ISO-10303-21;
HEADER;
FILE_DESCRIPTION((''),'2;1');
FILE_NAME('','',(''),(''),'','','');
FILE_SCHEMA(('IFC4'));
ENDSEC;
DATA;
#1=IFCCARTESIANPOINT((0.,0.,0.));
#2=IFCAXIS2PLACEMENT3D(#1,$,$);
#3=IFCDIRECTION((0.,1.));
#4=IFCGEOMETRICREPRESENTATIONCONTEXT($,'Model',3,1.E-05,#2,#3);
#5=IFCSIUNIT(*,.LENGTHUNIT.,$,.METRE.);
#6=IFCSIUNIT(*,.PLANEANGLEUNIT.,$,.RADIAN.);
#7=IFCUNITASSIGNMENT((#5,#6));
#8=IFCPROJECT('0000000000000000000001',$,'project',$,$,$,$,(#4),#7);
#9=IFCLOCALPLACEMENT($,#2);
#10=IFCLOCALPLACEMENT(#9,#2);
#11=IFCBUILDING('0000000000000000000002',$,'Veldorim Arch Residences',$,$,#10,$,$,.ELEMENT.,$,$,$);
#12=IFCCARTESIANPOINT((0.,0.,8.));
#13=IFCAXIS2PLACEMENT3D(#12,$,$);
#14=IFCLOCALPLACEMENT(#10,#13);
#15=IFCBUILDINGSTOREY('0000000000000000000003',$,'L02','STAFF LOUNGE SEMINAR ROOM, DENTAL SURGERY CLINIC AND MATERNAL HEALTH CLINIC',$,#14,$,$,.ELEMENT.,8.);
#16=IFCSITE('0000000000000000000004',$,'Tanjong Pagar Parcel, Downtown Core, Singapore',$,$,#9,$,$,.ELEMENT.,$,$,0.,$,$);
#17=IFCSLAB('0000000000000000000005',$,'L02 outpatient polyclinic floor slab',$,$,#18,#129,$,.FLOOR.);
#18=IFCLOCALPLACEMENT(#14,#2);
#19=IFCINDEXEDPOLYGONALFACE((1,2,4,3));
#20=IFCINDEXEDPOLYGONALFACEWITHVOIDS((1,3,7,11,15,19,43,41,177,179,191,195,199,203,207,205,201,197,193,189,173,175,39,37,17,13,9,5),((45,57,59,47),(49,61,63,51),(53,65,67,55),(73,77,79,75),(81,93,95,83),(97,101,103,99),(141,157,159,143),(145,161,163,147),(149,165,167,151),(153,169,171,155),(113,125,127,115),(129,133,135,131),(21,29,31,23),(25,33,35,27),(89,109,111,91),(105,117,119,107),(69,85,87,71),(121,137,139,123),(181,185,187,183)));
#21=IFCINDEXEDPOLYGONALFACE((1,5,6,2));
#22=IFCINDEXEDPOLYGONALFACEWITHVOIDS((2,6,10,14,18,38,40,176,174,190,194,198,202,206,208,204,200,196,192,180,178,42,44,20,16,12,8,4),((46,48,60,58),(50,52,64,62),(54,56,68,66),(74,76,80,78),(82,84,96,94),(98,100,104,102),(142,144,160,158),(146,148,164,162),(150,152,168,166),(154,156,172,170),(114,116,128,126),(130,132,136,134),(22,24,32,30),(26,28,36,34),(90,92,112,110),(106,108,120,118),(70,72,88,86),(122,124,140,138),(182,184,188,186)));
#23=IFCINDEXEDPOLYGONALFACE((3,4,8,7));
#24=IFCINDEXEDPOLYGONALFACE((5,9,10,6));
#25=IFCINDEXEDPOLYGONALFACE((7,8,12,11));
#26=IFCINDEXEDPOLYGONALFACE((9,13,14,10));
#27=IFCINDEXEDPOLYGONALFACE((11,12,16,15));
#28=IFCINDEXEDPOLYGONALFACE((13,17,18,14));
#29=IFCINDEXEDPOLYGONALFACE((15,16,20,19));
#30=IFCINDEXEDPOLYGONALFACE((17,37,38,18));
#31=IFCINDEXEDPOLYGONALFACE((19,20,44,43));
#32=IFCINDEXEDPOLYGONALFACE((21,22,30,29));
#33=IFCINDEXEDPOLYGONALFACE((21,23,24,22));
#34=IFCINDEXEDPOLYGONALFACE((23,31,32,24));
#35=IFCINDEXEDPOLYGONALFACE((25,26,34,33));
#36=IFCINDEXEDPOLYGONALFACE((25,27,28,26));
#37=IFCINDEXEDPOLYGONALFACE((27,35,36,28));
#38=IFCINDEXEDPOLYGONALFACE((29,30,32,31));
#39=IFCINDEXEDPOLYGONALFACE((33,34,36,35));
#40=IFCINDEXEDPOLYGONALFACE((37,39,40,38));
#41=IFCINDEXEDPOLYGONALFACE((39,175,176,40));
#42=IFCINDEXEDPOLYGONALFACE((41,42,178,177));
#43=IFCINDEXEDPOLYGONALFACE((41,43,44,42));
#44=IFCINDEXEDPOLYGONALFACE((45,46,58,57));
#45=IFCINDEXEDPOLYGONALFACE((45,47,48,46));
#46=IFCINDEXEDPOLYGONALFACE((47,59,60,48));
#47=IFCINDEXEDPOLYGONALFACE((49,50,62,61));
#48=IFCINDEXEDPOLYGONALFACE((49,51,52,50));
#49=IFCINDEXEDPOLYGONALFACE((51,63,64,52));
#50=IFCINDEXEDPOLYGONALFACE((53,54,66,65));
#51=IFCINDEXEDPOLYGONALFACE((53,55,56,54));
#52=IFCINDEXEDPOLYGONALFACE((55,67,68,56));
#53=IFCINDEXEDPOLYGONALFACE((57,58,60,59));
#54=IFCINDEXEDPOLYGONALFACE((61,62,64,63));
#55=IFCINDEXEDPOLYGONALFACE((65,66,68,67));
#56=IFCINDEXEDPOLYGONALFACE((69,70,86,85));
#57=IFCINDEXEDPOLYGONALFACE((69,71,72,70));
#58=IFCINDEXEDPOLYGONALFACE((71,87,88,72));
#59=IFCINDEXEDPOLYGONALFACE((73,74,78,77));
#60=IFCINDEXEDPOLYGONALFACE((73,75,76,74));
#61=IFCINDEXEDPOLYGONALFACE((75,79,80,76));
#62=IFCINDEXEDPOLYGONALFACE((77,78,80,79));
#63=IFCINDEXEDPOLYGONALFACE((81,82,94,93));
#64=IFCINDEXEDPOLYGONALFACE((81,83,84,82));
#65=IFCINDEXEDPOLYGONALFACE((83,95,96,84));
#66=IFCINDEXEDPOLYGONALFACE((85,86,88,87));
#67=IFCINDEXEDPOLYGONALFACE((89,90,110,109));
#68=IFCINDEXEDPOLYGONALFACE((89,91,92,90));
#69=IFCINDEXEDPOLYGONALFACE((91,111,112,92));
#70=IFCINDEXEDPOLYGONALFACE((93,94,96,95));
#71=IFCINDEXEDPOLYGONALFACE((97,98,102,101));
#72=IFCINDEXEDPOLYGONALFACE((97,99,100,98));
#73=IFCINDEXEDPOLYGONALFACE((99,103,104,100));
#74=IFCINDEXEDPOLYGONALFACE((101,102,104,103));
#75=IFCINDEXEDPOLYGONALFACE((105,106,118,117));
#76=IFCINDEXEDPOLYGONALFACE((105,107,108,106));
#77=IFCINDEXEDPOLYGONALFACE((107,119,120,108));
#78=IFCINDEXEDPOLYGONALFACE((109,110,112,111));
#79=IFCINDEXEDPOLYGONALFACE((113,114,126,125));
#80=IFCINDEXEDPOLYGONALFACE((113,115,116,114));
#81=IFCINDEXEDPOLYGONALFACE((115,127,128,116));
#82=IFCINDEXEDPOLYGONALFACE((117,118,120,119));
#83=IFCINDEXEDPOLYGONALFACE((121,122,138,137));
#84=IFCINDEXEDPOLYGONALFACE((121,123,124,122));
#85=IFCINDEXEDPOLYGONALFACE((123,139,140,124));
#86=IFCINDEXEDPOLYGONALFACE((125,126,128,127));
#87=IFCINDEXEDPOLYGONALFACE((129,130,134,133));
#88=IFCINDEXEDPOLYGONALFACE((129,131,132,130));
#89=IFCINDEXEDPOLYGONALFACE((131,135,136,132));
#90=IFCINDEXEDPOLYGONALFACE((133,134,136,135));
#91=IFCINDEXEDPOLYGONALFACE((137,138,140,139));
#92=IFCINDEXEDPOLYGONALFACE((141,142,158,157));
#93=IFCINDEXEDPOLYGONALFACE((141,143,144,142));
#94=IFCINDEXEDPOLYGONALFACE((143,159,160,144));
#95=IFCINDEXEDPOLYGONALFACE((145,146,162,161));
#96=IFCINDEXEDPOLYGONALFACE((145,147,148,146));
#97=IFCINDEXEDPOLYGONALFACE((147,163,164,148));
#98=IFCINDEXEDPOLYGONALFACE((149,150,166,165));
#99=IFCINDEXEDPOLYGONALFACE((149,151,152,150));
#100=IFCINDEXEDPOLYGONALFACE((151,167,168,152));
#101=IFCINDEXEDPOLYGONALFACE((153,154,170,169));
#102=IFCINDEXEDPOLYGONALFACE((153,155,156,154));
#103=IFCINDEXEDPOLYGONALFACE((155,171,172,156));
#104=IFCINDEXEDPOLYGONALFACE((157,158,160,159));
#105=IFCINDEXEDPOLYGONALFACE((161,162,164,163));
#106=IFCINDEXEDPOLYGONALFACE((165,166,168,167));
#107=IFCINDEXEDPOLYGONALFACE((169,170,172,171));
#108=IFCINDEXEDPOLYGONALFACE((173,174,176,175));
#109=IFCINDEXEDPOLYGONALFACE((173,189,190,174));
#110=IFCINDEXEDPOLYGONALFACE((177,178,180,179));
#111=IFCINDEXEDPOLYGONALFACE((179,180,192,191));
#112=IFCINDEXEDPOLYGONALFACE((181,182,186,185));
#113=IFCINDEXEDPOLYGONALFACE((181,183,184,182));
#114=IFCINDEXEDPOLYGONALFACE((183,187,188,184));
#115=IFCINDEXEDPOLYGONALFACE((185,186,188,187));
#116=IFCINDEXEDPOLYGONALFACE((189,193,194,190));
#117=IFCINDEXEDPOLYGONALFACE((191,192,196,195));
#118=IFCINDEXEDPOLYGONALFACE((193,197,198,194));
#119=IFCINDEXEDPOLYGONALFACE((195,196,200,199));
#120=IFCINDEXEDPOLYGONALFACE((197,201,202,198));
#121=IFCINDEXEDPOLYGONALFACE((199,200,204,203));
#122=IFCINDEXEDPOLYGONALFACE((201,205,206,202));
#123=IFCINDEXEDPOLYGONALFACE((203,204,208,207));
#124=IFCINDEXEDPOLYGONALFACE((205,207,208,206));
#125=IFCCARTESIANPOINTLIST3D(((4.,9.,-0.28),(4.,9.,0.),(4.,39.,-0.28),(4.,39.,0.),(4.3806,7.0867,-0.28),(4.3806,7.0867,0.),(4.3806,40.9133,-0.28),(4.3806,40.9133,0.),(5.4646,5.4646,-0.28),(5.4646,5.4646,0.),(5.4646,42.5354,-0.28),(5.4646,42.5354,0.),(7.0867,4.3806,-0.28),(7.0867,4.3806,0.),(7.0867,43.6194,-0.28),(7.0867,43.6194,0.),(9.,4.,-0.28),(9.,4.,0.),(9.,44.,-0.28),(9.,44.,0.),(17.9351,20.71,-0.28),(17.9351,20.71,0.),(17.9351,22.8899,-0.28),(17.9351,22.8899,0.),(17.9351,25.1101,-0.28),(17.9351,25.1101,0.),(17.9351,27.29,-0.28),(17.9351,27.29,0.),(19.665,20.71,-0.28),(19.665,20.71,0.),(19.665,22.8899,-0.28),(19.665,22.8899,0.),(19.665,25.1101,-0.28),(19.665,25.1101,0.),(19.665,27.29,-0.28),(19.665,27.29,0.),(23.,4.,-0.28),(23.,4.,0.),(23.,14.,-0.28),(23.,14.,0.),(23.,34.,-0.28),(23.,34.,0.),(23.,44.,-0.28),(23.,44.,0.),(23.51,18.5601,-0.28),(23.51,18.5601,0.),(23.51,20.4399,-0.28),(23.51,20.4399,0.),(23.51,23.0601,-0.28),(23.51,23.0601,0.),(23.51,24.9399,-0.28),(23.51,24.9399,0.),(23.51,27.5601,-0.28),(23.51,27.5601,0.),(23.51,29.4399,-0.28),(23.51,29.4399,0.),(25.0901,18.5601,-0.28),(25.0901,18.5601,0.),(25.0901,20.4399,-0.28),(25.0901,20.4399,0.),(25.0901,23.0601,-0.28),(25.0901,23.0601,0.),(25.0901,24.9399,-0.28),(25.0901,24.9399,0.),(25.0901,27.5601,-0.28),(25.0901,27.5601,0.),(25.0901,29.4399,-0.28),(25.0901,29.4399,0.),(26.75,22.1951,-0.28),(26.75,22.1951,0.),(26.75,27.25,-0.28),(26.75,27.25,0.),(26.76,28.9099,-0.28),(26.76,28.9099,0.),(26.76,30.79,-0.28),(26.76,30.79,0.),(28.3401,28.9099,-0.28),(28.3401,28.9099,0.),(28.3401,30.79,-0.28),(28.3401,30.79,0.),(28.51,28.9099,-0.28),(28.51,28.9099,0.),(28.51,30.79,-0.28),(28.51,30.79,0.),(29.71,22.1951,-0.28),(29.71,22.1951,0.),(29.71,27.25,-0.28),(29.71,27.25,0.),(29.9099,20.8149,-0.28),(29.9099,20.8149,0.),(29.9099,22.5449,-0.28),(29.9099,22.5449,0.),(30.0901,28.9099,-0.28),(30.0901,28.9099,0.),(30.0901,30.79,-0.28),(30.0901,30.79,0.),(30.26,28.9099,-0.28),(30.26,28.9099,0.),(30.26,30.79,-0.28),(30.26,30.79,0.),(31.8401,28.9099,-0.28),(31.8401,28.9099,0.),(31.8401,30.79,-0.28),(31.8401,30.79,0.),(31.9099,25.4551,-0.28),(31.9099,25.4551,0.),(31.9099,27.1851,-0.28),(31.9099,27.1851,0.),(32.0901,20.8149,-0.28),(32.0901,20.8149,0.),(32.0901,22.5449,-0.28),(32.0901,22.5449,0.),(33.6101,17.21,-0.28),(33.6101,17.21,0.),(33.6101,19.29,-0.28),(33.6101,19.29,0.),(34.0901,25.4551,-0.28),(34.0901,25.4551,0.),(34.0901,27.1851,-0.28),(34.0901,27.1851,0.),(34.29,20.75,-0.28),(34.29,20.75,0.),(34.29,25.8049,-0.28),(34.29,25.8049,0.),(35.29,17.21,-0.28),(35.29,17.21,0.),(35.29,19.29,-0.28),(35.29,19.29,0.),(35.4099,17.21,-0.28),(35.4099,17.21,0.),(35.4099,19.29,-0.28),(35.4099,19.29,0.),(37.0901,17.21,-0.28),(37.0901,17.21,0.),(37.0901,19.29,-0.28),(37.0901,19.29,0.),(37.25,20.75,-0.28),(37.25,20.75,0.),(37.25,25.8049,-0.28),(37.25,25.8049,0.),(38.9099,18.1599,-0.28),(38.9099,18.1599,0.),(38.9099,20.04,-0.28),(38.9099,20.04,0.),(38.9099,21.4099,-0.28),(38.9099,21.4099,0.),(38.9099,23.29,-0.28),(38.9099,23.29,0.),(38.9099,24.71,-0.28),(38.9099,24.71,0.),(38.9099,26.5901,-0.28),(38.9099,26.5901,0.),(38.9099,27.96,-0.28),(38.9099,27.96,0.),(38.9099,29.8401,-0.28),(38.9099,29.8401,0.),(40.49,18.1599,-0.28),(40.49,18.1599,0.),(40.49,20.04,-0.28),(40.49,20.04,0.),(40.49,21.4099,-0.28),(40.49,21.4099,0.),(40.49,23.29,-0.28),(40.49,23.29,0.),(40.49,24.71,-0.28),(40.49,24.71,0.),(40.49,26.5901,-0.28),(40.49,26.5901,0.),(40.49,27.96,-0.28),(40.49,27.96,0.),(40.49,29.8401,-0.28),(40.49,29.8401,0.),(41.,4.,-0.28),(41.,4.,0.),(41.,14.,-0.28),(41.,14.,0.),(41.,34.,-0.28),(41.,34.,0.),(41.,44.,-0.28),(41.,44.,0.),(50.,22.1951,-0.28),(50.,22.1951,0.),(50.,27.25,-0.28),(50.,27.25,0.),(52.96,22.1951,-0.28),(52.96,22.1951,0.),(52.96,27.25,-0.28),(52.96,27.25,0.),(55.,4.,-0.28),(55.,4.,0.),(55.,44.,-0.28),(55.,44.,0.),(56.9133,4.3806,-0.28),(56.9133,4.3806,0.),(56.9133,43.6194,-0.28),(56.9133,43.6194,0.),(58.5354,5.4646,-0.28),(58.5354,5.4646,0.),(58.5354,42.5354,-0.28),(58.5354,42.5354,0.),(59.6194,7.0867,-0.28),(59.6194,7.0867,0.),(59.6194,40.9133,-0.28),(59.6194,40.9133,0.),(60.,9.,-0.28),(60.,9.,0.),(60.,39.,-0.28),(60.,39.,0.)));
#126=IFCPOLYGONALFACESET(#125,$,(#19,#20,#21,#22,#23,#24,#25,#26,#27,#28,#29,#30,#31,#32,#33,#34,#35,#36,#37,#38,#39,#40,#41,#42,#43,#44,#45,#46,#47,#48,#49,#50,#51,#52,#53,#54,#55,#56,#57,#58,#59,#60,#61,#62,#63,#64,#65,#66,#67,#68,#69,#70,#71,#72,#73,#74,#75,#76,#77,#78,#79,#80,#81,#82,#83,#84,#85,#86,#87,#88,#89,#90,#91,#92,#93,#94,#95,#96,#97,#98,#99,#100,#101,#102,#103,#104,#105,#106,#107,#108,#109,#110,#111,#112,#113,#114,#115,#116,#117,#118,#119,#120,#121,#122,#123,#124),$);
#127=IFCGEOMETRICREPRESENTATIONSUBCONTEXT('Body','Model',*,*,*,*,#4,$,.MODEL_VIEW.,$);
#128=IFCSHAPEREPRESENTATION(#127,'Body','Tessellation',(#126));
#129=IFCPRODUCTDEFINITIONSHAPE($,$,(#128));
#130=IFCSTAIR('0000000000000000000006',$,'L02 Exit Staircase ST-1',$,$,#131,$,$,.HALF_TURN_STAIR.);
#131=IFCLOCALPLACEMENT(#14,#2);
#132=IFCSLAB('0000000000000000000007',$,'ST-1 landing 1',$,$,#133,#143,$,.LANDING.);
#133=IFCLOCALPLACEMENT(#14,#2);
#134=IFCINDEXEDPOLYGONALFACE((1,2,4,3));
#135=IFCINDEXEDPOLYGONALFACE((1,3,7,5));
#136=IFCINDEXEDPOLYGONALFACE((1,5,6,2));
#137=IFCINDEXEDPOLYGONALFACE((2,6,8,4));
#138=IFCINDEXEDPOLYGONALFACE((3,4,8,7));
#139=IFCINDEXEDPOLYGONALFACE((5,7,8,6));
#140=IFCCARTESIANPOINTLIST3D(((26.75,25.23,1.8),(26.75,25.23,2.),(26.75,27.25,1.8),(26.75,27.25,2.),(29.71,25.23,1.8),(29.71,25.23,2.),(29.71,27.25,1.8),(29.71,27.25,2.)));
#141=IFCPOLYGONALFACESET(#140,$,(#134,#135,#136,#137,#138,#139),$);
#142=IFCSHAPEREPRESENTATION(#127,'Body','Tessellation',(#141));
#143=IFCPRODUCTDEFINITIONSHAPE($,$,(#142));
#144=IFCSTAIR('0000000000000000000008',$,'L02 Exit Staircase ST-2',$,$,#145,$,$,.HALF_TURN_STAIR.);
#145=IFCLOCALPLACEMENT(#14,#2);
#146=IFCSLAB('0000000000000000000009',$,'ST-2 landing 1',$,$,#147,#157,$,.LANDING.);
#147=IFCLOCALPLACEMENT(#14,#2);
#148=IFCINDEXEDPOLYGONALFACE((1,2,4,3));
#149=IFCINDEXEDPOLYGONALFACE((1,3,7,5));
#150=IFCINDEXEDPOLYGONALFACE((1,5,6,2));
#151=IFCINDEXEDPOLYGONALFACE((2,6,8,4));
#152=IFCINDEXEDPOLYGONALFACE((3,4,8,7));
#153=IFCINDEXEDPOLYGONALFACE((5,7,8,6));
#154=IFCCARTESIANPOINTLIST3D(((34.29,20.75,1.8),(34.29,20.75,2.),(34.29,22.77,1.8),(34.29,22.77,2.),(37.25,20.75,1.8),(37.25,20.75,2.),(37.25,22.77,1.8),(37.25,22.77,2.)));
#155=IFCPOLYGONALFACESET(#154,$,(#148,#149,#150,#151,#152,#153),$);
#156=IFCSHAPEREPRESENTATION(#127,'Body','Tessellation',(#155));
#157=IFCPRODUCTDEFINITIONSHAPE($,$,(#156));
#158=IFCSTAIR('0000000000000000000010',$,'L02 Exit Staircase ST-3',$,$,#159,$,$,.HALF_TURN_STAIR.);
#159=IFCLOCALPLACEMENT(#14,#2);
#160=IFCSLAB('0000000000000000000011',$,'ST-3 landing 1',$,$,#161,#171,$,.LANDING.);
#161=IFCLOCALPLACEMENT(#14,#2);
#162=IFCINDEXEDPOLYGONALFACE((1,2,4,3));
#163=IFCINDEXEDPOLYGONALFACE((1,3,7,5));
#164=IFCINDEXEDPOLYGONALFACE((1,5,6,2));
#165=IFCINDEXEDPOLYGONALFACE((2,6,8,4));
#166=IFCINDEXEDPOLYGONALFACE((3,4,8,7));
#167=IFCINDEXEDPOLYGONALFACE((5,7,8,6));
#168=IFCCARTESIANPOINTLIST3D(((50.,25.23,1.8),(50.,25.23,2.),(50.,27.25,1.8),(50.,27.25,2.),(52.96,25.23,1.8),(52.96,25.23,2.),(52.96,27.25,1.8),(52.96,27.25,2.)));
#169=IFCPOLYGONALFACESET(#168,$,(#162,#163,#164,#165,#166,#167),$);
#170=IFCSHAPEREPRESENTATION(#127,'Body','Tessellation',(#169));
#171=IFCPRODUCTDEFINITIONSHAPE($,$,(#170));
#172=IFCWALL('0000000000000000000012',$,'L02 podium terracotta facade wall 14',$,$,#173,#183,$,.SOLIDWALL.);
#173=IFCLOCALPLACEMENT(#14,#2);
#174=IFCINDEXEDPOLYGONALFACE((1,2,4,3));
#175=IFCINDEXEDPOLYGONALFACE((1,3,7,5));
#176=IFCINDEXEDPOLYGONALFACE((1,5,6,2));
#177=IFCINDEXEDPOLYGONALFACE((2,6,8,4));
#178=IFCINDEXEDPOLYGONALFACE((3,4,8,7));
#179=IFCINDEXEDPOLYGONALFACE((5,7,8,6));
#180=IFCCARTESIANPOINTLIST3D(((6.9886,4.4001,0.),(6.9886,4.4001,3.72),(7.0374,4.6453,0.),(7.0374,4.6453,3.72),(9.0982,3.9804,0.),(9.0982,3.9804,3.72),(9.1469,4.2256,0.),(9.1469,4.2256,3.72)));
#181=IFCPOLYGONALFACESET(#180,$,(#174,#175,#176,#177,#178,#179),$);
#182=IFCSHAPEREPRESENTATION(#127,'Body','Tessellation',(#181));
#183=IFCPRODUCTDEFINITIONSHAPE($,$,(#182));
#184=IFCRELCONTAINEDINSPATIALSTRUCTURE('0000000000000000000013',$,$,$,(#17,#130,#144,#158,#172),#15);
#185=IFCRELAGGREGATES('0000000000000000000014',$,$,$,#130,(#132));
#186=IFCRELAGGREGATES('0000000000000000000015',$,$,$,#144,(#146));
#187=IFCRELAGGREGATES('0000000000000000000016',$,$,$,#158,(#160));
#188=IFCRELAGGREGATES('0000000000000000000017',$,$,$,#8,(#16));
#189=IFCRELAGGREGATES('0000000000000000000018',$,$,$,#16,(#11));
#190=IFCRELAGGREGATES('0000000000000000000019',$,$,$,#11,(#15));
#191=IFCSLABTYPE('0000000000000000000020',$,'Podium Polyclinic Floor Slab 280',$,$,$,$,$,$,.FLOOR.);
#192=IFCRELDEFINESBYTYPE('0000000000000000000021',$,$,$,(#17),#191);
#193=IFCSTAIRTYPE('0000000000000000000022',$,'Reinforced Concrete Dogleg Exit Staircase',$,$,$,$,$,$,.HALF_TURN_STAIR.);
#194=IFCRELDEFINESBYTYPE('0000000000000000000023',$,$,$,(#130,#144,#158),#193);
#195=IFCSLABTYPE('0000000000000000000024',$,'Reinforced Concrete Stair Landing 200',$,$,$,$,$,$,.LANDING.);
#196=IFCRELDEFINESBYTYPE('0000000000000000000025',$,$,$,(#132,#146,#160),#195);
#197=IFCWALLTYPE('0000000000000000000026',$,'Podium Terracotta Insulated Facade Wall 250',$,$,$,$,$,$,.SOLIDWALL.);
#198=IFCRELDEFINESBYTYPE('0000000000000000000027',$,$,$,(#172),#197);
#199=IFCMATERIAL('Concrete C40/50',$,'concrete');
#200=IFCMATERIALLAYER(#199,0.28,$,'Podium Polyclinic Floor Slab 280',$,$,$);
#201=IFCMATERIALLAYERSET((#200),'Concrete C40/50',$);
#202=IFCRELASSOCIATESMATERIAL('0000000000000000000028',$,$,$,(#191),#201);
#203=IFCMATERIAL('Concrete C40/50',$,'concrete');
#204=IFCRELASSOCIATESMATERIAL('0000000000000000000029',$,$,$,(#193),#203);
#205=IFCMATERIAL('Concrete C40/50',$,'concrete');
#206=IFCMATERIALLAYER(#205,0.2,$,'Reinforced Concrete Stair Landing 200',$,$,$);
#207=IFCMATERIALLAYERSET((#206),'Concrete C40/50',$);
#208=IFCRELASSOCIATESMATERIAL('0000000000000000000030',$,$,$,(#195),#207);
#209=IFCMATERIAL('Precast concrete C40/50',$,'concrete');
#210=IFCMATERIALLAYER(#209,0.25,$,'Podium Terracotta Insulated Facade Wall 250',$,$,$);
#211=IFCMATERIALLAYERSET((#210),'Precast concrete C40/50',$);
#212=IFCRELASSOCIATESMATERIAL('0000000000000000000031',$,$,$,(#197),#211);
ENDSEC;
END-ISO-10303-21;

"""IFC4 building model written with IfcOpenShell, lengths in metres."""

from ifc_helpers import new_model, si_unit, direction, frame, frame_2d, origin, place, context, subcontext, project, spatial, polyline, rectangle, outline, extrude, material, layer, layer_set, type_object, element, aggregate, save


model = new_model("IFC4")

# Units and contexts
model_context = context("Model", 3, precision=1e-05, world=origin(), true_north=direction((0.0, 1.0)))
body_context = subcontext(model_context, "Body", "Model", "MODEL_VIEW")
ifc_project = project(units=[si_unit("LENGTHUNIT", "METRE"), si_unit("PLANEANGLEUNIT", "RADIAN")], contexts=[model_context])

# Site, building, storey
site_placement = place(None, origin())
site = spatial("IfcSite", under=ifc_project, at=site_placement, Name="Tanjong Pagar Parcel, Downtown Core, Singapore", CompositionType="ELEMENT", RefElevation=0.0)
building_placement = place(site_placement, origin())
building = spatial("IfcBuilding", under=site, at=building_placement, Name="Veldorim Arch Residences", CompositionType="ELEMENT")
storey_placement = place(building_placement, frame((0.0, 0.0, 8.0)))
storey = spatial("IfcBuildingStorey", under=building, at=storey_placement, Name="L02", Description="STAFF LOUNGE SEMINAR ROOM, DENTAL SURGERY CLINIC AND MATERNAL HEALTH CLINIC", CompositionType="ELEMENT", Elevation=8.0)

# Slab
ifc_material_1 = material(Name="Concrete C40/50", Category="concrete")
ifc_layer_1 = layer(ifc_material_1, 0.28, Name="Podium Polyclinic Floor Slab 280")
ifc_layer_set_1 = layer_set([ifc_layer_1], Name="Concrete C40/50")
slab_type_1 = type_object("IfcSlabType", Name="Podium Polyclinic Floor Slab 280", PredefinedType="FLOOR", material=ifc_layer_set_1)
slab_1_placement = place(storey_placement, frame((0.0, 0.0, -0.28)))
element("IfcSlab", 1, at=slab_1_placement, inside=storey, type_object=slab_type_1, Name="L02 outpatient polyclinic floor slab", PredefinedType="FLOOR", context=body_context, shape_type="SweptSolid", body=[
    extrude(outline(polyline([(55.0, 44.0), (56.9133, 43.6194), (58.5354, 42.5354), (59.6194, 40.9133), (60.0, 39.0), (60.0, 9.0), (59.6194, 7.0867), (58.5354, 5.4646), (56.9133, 4.3806), (55.0, 4.0), (41.0, 4.0), (41.0, 14.0), (23.0, 14.0), (23.0, 4.0), (9.0, 4.0), (7.0867, 4.3806), (5.4646, 5.4646), (4.3806, 7.0867), (4.0, 9.0), (4.0, 39.0), (4.3806, 40.9133), (5.4646, 42.5354), (7.0867, 43.6194), (9.0, 44.0), (23.0, 44.0), (23.0, 34.0), (41.0, 34.0), (41.0, 44.0), (55.0, 44.0)]), holes=[polyline([(23.51, 20.4399), (25.0901, 20.4399), (25.0901, 18.5601), (23.51, 18.5601), (23.51, 20.4399)]), polyline([(29.9099, 22.5449), (32.0901, 22.5449), (32.0901, 20.8149), (29.9099, 20.8149), (29.9099, 22.5449)]), polyline([(17.9351, 22.8899), (19.665, 22.8899), (19.665, 20.71), (17.9351, 20.71), (17.9351, 22.8899)]), polyline([(23.51, 24.9399), (25.0901, 24.9399), (25.0901, 23.0601), (23.51, 23.0601), (23.51, 24.9399)]), polyline([(26.75, 27.25), (29.71, 27.25), (29.71, 22.1951), (26.75, 22.1951), (26.75, 27.25)]), polyline([(17.9351, 27.29), (19.665, 27.29), (19.665, 25.1101), (17.9351, 25.1101), (17.9351, 27.29)]), polyline([(23.51, 29.4399), (25.0901, 29.4399), (25.0901, 27.5601), (23.51, 27.5601), (23.51, 29.4399)]), polyline([(28.3401, 30.79), (28.3401, 28.9099), (26.76, 28.9099), (26.76, 30.79), (28.3401, 30.79)]), polyline([(30.0901, 30.79), (30.0901, 28.9099), (28.51, 28.9099), (28.51, 30.79), (30.0901, 30.79)]), polyline([(30.26, 30.79), (31.8401, 30.79), (31.8401, 28.9099), (30.26, 28.9099), (30.26, 30.79)]), polyline([(33.6101, 19.29), (35.29, 19.29), (35.29, 17.21), (33.6101, 17.21), (33.6101, 19.29)]), polyline([(35.4099, 19.29), (37.0901, 19.29), (37.0901, 17.21), (35.4099, 17.21), (35.4099, 19.29)]), polyline([(40.49, 20.04), (40.49, 18.1599), (38.9099, 18.1599), (38.9099, 20.04), (40.49, 20.04)]), polyline([(40.49, 23.29), (40.49, 21.4099), (38.9099, 21.4099), (38.9099, 23.29), (40.49, 23.29)]), polyline([(34.29, 25.8049), (37.25, 25.8049), (37.25, 20.75), (34.29, 20.75), (34.29, 25.8049)]), polyline([(50.0, 27.25), (52.96, 27.25), (52.96, 22.1951), (50.0, 22.1951), (50.0, 27.25)]), polyline([(38.9099, 26.5901), (40.49, 26.5901), (40.49, 24.71), (38.9099, 24.71), (38.9099, 26.5901)]), polyline([(34.0901, 27.1851), (34.0901, 25.4551), (31.9099, 25.4551), (31.9099, 27.1851), (34.0901, 27.1851)]), polyline([(40.49, 29.8401), (40.49, 27.96), (38.9099, 27.96), (38.9099, 29.8401), (40.49, 29.8401)])]), origin(), (0.0, 0.0, 1.0), 0.28),
])

# Stairs, slabs
ifc_material_2 = material(Name="Concrete C40/50", Category="concrete")
stair_type = type_object("IfcStairType", Name="Reinforced Concrete Dogleg Exit Staircase", PredefinedType="HALF_TURN_STAIR", material=ifc_material_2)
stair_1_placement = place(storey_placement, origin())
stair_1 = element("IfcStair", 2, at=stair_1_placement, inside=storey, type_object=stair_type, Name="L02 Exit Staircase ST-1", PredefinedType="HALF_TURN_STAIR")
ifc_material_3 = material(Name="Concrete C40/50", Category="concrete")
ifc_layer_2 = layer(ifc_material_3, 0.2, Name="Reinforced Concrete Stair Landing 200")
ifc_layer_set_2 = layer_set([ifc_layer_2], Name="Concrete C40/50")
slab_type_2 = type_object("IfcSlabType", Name="Reinforced Concrete Stair Landing 200", PredefinedType="LANDING", material=ifc_layer_set_2)
slab_2_placement = place(storey_placement, frame((0.0, 0.0, 1.8)))
slab_2 = element("IfcSlab", 3, at=slab_2_placement, type_object=slab_type_2, Name="ST-1 landing 1", PredefinedType="LANDING", context=body_context, shape_type="SweptSolid", body=[
    extrude(outline(polyline([(29.71, 25.23), (29.71, 27.25), (26.75, 27.25), (26.75, 25.23), (29.71, 25.23)])), origin(), (0.0, 0.0, 1.0), 0.2),
])
aggregate(stair_1, [slab_2])
stair_2_placement = place(storey_placement, origin())
stair_2 = element("IfcStair", 4, at=stair_2_placement, inside=storey, type_object=stair_type, Name="L02 Exit Staircase ST-2", PredefinedType="HALF_TURN_STAIR")
slab_3_placement = place(storey_placement, frame((0.0, 0.0, 1.8)))
slab_3 = element("IfcSlab", 5, at=slab_3_placement, type_object=slab_type_2, Name="ST-2 landing 1", PredefinedType="LANDING", context=body_context, shape_type="SweptSolid", body=[
    extrude(outline(polyline([(34.29, 22.77), (34.29, 20.75), (37.25, 20.75), (37.25, 22.77), (34.29, 22.77)])), origin(), (0.0, 0.0, 1.0), 0.2),
])
aggregate(stair_2, [slab_3])
stair_3_placement = place(storey_placement, origin())
stair_3 = element("IfcStair", 6, at=stair_3_placement, inside=storey, type_object=stair_type, Name="L02 Exit Staircase ST-3", PredefinedType="HALF_TURN_STAIR")
slab_4_placement = place(storey_placement, frame((0.0, 0.0, 1.8)))
slab_4 = element("IfcSlab", 7, at=slab_4_placement, type_object=slab_type_2, Name="ST-3 landing 1", PredefinedType="LANDING", context=body_context, shape_type="SweptSolid", body=[
    extrude(outline(polyline([(52.96, 25.23), (52.96, 27.25), (50.0, 27.25), (50.0, 25.23), (52.96, 25.23)])), origin(), (0.0, 0.0, 1.0), 0.2),
])
aggregate(stair_3, [slab_4])

# Wall
ifc_material_4 = material(Name="Precast concrete C40/50", Category="concrete")
ifc_layer_3 = layer(ifc_material_4, 0.25, Name="Podium Terracotta Insulated Facade Wall 250")
ifc_layer_set_3 = layer_set([ifc_layer_3], Name="Precast concrete C40/50")
wall_type = type_object("IfcWallType", Name="Podium Terracotta Insulated Facade Wall 250", PredefinedType="SOLIDWALL", material=ifc_layer_set_3)
wall_1_placement = place(storey_placement, frame((9.1226, 4.103, 0.0), z_axis=(0.0, 0.0, 1.0), x_axis=(-0.980781, 0.195112, 0.0)))
element("IfcWall", 8, at=wall_1_placement, inside=storey, type_object=wall_type, Name="L02 podium terracotta facade wall 14", PredefinedType="SOLIDWALL", context=body_context, shape_type="SweptSolid", body=[
    extrude(rectangle(XDim=2.1509, YDim=0.25, at=frame_2d((1.0754, 0.0))), origin(), (0.0, 0.0, 1.0), 3.72),
])

save(model, "model.ifc")
